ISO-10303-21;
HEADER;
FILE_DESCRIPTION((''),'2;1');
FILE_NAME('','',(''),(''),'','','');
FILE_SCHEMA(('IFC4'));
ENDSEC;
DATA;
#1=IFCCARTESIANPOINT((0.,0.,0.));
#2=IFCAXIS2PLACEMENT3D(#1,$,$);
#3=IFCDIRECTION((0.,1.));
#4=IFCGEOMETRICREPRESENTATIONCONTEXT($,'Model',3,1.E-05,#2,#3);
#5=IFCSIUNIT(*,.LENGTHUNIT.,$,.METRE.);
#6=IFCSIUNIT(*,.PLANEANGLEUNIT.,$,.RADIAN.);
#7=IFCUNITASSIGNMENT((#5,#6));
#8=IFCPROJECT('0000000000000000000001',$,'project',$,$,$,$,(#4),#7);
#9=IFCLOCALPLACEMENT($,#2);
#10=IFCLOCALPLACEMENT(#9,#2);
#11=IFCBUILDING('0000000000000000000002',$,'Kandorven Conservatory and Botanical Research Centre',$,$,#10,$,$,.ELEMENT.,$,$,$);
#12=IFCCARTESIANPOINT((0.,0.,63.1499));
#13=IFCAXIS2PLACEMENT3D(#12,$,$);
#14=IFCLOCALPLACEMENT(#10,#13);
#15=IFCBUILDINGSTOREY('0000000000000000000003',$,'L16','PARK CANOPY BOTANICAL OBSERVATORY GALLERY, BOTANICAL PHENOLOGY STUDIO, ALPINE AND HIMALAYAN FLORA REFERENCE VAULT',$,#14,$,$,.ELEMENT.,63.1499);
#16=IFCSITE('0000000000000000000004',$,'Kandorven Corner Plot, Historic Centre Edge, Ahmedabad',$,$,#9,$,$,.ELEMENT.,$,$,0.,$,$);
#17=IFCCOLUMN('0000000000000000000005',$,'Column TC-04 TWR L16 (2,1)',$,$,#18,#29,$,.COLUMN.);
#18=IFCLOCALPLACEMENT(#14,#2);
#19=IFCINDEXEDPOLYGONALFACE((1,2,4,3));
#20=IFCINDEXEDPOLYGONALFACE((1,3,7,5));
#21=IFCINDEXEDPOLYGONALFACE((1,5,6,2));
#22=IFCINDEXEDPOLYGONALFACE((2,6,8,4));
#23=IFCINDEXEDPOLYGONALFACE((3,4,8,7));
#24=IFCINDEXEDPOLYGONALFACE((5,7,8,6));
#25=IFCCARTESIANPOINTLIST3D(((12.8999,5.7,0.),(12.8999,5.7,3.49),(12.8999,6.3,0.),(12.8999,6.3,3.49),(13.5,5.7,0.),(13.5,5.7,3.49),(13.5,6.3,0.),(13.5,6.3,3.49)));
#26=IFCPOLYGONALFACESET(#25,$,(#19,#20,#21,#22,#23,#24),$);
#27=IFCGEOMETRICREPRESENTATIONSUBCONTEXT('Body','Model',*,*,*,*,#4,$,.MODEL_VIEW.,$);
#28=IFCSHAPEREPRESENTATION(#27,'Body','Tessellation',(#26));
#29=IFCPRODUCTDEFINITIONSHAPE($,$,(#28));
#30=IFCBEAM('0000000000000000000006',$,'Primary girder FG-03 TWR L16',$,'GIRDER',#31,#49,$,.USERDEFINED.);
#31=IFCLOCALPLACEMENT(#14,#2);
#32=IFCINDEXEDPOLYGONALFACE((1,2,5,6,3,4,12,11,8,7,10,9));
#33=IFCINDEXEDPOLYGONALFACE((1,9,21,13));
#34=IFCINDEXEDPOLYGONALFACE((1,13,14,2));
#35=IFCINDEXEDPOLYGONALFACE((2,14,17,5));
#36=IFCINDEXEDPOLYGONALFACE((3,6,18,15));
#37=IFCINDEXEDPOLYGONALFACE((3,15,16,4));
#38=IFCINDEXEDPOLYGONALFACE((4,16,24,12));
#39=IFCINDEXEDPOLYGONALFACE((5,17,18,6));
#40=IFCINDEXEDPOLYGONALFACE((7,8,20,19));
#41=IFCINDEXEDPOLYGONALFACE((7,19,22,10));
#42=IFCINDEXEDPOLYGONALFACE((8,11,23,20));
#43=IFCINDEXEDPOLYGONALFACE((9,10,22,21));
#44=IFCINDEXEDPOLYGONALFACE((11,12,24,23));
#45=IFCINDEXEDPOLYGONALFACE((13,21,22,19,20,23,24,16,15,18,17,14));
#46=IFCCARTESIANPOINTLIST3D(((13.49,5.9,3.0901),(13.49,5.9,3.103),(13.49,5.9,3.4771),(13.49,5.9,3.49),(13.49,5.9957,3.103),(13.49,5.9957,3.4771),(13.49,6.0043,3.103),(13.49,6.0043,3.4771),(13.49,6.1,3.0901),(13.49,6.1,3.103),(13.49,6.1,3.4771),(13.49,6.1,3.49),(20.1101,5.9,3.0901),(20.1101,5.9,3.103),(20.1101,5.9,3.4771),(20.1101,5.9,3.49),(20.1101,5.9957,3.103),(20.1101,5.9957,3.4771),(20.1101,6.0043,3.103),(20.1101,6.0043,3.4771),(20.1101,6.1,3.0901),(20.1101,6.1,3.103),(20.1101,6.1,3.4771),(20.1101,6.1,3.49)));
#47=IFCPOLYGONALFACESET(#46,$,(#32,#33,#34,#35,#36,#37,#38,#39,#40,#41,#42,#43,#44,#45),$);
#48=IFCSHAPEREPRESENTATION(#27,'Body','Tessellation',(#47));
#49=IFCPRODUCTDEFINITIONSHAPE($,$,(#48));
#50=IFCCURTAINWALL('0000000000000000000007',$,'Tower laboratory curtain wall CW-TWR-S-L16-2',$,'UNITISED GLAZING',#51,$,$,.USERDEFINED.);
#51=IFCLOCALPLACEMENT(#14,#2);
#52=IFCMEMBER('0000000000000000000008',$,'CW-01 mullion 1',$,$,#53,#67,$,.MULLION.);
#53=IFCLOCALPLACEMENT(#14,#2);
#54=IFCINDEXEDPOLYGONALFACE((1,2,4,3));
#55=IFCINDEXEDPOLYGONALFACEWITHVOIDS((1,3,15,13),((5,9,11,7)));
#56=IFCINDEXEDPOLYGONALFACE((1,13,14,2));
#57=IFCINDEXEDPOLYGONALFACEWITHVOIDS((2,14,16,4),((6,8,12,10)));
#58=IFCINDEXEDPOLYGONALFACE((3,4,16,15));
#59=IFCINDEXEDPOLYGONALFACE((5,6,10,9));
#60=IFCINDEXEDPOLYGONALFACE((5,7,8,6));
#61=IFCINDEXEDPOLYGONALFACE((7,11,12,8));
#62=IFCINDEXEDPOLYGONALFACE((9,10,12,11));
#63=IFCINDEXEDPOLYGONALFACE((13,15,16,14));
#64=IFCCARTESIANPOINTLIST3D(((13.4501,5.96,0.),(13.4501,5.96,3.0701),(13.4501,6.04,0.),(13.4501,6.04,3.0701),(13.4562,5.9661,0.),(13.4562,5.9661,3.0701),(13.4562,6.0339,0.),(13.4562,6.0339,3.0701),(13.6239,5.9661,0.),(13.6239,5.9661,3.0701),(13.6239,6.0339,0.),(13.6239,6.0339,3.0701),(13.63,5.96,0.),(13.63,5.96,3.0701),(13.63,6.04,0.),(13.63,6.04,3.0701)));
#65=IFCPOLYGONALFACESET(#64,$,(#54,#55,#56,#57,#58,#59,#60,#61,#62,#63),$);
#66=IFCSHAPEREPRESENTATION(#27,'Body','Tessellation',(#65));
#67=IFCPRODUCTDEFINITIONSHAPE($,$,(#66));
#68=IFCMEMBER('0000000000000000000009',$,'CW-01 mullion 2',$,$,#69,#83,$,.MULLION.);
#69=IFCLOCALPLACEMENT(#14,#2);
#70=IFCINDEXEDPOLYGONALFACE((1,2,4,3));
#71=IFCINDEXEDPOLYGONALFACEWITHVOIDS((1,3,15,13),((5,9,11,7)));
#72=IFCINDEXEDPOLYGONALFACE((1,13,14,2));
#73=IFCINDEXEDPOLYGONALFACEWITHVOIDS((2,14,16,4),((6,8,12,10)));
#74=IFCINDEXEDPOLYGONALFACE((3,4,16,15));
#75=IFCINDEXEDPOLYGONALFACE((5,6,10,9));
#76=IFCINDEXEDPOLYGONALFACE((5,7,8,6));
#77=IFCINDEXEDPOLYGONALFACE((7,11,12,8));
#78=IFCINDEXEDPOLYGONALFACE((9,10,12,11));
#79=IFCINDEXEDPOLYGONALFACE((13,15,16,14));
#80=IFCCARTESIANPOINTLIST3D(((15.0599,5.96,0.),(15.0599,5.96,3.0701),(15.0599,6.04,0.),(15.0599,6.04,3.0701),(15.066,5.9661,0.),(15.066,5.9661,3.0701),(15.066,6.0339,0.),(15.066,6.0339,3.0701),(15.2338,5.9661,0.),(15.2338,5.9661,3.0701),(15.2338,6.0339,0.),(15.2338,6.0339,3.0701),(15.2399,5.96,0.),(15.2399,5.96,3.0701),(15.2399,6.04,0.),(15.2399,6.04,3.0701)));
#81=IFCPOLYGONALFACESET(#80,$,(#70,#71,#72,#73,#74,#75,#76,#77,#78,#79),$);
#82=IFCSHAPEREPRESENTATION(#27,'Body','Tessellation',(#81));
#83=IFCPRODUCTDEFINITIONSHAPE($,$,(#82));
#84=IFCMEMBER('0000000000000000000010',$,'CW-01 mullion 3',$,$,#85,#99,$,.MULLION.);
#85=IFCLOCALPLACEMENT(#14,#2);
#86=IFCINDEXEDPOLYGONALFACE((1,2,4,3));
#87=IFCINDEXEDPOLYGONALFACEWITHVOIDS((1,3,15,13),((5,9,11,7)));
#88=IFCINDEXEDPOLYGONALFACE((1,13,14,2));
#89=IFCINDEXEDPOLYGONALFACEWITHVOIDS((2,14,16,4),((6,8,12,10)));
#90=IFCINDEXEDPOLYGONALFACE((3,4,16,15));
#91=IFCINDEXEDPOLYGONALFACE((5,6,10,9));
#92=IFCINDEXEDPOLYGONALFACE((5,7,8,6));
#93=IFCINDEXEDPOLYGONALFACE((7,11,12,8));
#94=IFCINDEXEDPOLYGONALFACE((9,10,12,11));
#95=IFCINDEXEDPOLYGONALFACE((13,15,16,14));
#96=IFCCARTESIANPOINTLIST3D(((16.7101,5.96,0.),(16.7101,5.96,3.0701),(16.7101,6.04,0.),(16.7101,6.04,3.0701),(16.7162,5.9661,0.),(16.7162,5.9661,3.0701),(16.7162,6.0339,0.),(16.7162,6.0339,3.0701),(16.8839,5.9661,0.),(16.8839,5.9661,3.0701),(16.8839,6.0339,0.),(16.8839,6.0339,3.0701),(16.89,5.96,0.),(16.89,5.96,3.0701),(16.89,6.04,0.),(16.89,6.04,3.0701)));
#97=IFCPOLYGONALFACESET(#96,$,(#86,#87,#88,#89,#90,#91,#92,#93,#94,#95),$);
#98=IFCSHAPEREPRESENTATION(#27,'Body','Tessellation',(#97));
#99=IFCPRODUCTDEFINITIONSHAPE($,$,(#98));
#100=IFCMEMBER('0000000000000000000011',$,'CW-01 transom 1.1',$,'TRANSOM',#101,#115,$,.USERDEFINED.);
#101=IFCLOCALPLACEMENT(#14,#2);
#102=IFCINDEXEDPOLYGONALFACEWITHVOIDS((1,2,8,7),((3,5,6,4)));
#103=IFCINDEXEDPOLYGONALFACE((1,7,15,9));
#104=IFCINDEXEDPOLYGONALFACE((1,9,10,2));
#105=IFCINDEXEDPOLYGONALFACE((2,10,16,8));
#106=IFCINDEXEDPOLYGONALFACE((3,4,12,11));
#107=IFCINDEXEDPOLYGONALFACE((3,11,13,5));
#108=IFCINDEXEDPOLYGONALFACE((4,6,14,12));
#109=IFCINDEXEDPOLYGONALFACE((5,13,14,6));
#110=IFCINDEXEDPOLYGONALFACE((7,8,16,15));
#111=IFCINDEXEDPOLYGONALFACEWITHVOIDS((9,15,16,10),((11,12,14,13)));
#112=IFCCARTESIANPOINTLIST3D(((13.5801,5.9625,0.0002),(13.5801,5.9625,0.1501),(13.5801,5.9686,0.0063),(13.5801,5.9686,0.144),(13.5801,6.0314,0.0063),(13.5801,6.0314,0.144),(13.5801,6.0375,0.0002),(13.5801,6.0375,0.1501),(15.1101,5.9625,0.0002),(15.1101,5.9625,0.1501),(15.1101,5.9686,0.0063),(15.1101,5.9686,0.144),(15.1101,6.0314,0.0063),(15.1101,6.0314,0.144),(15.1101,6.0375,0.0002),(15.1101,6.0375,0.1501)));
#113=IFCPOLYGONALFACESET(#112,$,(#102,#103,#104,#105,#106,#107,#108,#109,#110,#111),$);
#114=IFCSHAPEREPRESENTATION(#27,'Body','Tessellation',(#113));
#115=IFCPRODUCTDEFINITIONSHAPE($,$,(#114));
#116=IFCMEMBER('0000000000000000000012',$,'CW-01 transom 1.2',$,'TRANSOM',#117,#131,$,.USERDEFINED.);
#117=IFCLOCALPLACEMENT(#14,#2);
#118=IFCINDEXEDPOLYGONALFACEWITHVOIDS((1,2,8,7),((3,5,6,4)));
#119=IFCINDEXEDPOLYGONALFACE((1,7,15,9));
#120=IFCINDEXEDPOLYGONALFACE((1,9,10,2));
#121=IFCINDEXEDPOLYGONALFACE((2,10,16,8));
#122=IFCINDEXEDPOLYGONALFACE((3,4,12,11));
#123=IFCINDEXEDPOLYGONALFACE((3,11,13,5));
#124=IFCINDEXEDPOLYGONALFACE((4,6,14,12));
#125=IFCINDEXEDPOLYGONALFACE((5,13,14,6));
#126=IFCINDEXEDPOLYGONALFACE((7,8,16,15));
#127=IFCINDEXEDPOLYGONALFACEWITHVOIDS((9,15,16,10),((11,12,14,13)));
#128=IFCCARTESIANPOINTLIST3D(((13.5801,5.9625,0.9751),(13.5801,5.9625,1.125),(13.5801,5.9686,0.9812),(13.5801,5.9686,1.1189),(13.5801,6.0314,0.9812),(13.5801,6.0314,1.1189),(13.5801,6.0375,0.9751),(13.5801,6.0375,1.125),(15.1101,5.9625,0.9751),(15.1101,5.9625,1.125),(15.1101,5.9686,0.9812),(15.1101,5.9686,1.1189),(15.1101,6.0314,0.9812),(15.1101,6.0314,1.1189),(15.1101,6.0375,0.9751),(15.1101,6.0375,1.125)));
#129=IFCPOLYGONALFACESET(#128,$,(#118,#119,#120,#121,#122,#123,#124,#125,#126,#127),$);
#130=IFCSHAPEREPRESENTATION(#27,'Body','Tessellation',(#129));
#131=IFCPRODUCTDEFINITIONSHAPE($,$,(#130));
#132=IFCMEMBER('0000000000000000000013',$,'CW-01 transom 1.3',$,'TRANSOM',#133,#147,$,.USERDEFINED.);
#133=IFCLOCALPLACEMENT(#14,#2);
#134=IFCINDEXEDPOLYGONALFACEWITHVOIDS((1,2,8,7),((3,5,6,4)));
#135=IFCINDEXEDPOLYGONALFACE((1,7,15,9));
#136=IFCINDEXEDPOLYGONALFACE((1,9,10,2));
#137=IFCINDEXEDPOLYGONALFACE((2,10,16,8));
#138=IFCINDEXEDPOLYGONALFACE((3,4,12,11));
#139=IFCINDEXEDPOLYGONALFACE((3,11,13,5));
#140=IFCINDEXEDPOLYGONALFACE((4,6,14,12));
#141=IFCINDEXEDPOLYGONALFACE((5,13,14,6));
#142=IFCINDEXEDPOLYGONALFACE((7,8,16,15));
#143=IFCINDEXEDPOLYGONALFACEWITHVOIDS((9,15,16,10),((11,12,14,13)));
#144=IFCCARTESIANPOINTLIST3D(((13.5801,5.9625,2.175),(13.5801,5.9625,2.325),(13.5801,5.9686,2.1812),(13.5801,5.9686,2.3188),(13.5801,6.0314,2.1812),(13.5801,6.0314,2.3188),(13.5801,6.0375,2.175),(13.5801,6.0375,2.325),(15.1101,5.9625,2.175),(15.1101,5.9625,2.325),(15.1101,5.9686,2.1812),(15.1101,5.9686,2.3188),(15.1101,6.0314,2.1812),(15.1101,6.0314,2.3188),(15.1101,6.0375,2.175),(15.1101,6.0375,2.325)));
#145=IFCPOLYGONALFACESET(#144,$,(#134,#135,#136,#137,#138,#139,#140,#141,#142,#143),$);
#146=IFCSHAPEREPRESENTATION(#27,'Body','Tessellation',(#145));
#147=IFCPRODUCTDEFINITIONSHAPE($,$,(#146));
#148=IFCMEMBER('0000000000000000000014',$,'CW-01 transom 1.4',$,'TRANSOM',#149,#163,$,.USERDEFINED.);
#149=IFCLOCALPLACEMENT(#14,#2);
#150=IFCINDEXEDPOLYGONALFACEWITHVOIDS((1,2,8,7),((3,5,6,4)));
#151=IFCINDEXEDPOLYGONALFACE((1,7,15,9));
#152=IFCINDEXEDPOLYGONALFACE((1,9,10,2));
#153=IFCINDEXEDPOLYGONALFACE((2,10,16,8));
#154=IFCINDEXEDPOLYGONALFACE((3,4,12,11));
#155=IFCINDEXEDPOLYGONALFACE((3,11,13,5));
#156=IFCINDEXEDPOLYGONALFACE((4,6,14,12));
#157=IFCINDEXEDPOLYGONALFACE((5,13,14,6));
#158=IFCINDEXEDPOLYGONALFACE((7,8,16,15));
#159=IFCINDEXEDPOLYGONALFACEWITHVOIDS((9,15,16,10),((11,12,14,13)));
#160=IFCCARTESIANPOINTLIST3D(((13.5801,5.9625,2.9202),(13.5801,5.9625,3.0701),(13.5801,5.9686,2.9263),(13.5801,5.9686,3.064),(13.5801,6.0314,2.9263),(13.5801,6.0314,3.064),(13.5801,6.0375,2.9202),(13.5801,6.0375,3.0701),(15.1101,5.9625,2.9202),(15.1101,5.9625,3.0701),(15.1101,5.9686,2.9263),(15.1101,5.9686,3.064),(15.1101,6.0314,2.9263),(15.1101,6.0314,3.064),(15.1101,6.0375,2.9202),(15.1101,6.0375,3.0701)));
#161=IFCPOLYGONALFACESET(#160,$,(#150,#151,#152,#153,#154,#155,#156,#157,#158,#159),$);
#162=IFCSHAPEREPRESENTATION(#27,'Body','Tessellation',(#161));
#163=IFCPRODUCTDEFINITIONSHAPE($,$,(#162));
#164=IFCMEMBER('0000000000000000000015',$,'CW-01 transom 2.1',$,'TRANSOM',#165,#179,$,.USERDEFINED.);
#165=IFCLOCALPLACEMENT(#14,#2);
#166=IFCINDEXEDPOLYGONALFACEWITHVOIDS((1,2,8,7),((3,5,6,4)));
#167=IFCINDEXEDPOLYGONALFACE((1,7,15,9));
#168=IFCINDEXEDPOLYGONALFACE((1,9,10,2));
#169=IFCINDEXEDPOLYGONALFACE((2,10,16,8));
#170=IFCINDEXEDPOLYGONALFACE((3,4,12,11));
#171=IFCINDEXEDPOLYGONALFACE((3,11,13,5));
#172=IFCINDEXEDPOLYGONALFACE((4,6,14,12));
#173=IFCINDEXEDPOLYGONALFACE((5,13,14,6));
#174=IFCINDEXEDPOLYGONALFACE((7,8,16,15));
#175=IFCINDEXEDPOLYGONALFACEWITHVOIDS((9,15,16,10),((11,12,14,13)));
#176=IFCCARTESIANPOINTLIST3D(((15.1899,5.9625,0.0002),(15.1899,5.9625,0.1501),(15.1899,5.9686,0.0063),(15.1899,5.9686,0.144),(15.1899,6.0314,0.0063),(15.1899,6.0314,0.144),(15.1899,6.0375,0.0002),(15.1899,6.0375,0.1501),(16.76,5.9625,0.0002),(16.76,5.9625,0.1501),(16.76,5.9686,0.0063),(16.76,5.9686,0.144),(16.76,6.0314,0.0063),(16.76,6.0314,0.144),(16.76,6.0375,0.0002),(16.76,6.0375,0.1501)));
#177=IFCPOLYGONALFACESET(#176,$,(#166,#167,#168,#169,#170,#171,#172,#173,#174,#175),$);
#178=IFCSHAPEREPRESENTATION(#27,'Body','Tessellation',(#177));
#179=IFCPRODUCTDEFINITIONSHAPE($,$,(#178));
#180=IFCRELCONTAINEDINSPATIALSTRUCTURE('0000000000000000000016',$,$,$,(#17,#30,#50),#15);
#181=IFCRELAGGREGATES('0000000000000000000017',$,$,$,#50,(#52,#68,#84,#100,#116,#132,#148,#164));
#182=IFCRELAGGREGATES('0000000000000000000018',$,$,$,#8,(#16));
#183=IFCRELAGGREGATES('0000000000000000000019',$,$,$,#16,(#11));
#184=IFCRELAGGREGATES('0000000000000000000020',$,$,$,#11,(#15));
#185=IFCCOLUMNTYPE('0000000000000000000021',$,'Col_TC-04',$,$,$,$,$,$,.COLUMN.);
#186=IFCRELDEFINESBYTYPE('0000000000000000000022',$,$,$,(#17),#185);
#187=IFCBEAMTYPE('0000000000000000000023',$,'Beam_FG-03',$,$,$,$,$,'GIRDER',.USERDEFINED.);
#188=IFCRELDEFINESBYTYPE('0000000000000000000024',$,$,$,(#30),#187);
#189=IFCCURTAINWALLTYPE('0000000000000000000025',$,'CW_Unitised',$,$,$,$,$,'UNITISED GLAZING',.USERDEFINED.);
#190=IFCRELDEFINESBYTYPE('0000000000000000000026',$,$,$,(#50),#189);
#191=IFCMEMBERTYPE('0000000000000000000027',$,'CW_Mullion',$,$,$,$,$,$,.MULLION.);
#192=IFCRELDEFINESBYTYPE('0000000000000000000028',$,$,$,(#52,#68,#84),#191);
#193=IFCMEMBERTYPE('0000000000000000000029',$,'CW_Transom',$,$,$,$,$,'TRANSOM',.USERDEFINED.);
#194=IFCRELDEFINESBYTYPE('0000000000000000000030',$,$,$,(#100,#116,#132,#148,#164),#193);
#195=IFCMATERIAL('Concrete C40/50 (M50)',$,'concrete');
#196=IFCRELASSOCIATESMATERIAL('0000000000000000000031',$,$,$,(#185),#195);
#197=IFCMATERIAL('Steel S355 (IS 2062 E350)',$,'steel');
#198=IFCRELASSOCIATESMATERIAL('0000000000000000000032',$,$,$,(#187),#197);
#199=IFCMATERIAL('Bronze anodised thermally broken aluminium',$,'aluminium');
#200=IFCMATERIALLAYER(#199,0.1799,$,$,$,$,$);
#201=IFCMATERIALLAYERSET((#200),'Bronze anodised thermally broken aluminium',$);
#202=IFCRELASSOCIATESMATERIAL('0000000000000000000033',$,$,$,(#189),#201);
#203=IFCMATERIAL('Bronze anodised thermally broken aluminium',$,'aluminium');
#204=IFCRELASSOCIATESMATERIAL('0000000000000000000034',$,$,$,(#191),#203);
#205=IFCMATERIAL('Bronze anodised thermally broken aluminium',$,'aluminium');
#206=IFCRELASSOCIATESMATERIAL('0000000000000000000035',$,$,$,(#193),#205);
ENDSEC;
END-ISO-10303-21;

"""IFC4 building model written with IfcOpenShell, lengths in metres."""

from ifc_helpers import new_model, si_unit, direction, frame, origin, origin_2d, place, context, subcontext, project, spatial, rectangle, hollow_rectangle, i_section, extrude, material, layer, layer_set, material_profile, profile_set, type_object, element, aggregate, save


model = new_model("IFC4")

# Units and contexts
model_context = context("Model", 3, precision=1e-05, world=origin(), true_north=direction((0.0, 1.0)))
body_context = subcontext(model_context, "Body", "Model", "MODEL_VIEW")
ifc_project = project(units=[si_unit("LENGTHUNIT", "METRE"), si_unit("PLANEANGLEUNIT", "RADIAN")], contexts=[model_context])

# Site, building, storey
site_placement = place(None, origin())
site = spatial("IfcSite", under=ifc_project, at=site_placement, Name="Kandorven Corner Plot, Historic Centre Edge, Ahmedabad", CompositionType="ELEMENT", RefElevation=0.0)
building_placement = place(site_placement, origin())
building = spatial("IfcBuilding", under=site, at=building_placement, Name="Kandorven Conservatory and Botanical Research Centre", CompositionType="ELEMENT")
storey_placement = place(building_placement, frame((0.0, 0.0, 63.1499)))
storey = spatial("IfcBuildingStorey", under=building, at=storey_placement, Name="L16", Description="PARK CANOPY BOTANICAL OBSERVATORY GALLERY, BOTANICAL PHENOLOGY STUDIO, ALPINE AND HIMALAYAN FLORA REFERENCE VAULT", CompositionType="ELEMENT", Elevation=63.1499)

# Column
ifc_material_1 = material(Name="Concrete C40/50 (M50)", Category="concrete")
ifc_material_profile_1 = material_profile(ifc_material_1, rectangle(XDim=0.6001, YDim=0.6001, at=origin_2d()))
ifc_profile_set_1 = profile_set([ifc_material_profile_1], Name="Concrete C40/50 (M50)")
column_type = type_object("IfcColumnType", Name="Col_TC-04", PredefinedType="COLUMN", material=ifc_profile_set_1)
column_placement = place(storey_placement, frame((13.2, 6.0, 0.0), z_axis=(0.0, 0.0, 1.0), x_axis=(1.0, 0.0, 0.0)))
element("IfcColumn", 1, at=column_placement, inside=storey, type_object=column_type, Name="Column TC-04 TWR L16 (2,1)", PredefinedType="COLUMN", context=body_context, shape_type="SweptSolid", body=[
    extrude(rectangle(XDim=0.6001, YDim=0.6001, at=origin_2d()), origin(), (0.0, 0.0, 1.0), 3.49),
])

# Beam
ifc_material_2 = material(Name="Steel S355 (IS 2062 E350)", Category="steel")
ifc_material_profile_2 = material_profile(ifc_material_2, i_section(OverallWidth=0.2, OverallDepth=0.3999, WebThickness=0.0085, FlangeThickness=0.0129, at=origin_2d()))
ifc_profile_set_2 = profile_set([ifc_material_profile_2], Name="Steel S355 (IS 2062 E350)")
beam_type = type_object("IfcBeamType", Name="Beam_FG-03", ElementType="GIRDER", PredefinedType="USERDEFINED", material=ifc_profile_set_2)
beam_placement = place(storey_placement, frame((13.49, 6.0, 3.29), z_axis=(1.0, 0.0, 0.0), x_axis=(0.0, 1.0, 0.0)))
element("IfcBeam", 2, at=beam_placement, inside=storey, type_object=beam_type, Name="Primary girder FG-03 TWR L16", ObjectType="GIRDER", PredefinedType="USERDEFINED", context=body_context, shape_type="SweptSolid", body=[
    extrude(i_section(OverallWidth=0.2, OverallDepth=0.3999, WebThickness=0.0085, FlangeThickness=0.0129, at=origin_2d()), origin(), (0.0, 0.0, 1.0), 6.6201),
])

# Curtain wall, members
ifc_material_3 = material(Name="Bronze anodised thermally broken aluminium", Category="aluminium")
ifc_layer_1 = layer(ifc_material_3, 0.1799)
ifc_layer_set_1 = layer_set([ifc_layer_1], Name="Bronze anodised thermally broken aluminium")
curtain_wall_type = type_object("IfcCurtainWallType", Name="CW_Unitised", ElementType="UNITISED GLAZING", PredefinedType="USERDEFINED", material=ifc_layer_set_1)
curtain_wall_placement = place(storey_placement, origin())
curtain_wall = element("IfcCurtainWall", 3, at=curtain_wall_placement, inside=storey, type_object=curtain_wall_type, Name="Tower laboratory curtain wall CW-TWR-S-L16-2", ObjectType="UNITISED GLAZING", PredefinedType="USERDEFINED")
ifc_material_4 = material(Name="Bronze anodised thermally broken aluminium", Category="aluminium")
ifc_material_profile_3 = material_profile(ifc_material_4, hollow_rectangle(XDim=0.0801, YDim=0.1799, WallThickness=0.0061, at=origin_2d()))
ifc_profile_set_3 = profile_set([ifc_material_profile_3], Name="Bronze anodised thermally broken aluminium")
member_type_1 = type_object("IfcMemberType", Name="CW_Mullion", PredefinedType="MULLION", material=ifc_profile_set_3)
member_1_placement = place(storey_placement, frame((13.54, 6.0, 0.0), z_axis=(0.0, 0.0, 1.0), x_axis=(0.0, 1.0, 0.0)))
member_1 = element("IfcMember", 4, at=member_1_placement, type_object=member_type_1, Name="CW-01 mullion 1", PredefinedType="MULLION", context=body_context, shape_type="SweptSolid", body=[
    extrude(hollow_rectangle(XDim=0.0801, YDim=0.1799, WallThickness=0.0061, at=origin_2d()), origin(), (0.0, 0.0, 1.0), 3.0701),
])
member_2_placement = place(storey_placement, frame((15.1499, 6.0, 0.0), z_axis=(0.0, 0.0, 1.0), x_axis=(0.0, 1.0, 0.0)))
member_2 = element("IfcMember", 5, at=member_2_placement, type_object=member_type_1, Name="CW-01 mullion 2", PredefinedType="MULLION", context=body_context, shape_type="SweptSolid", body=[
    extrude(hollow_rectangle(XDim=0.0801, YDim=0.1799, WallThickness=0.0061, at=origin_2d()), origin(), (0.0, 0.0, 1.0), 3.0701),
])
member_3_placement = place(storey_placement, frame((16.8, 6.0, 0.0), z_axis=(0.0, 0.0, 1.0), x_axis=(0.0, 1.0, 0.0)))
member_3 = element("IfcMember", 6, at=member_3_placement, type_object=member_type_1, Name="CW-01 mullion 3", PredefinedType="MULLION", context=body_context, shape_type="SweptSolid", body=[
    extrude(hollow_rectangle(XDim=0.0801, YDim=0.1799, WallThickness=0.0061, at=origin_2d()), origin(), (0.0, 0.0, 1.0), 3.0701),
])
ifc_material_5 = material(Name="Bronze anodised thermally broken aluminium", Category="aluminium")
ifc_material_profile_4 = material_profile(ifc_material_5, hollow_rectangle(XDim=0.075, YDim=0.1499, WallThickness=0.0061, at=origin_2d()))
ifc_profile_set_4 = profile_set([ifc_material_profile_4], Name="Bronze anodised thermally broken aluminium")
member_type_2 = type_object("IfcMemberType", Name="CW_Transom", ElementType="TRANSOM", PredefinedType="USERDEFINED", material=ifc_profile_set_4)
member_4_placement = place(storey_placement, frame((13.5801, 6.0, 0.0752), z_axis=(1.0, 0.0, 0.0), x_axis=(0.0, 1.0, 0.0)))
member_4 = element("IfcMember", 7, at=member_4_placement, type_object=member_type_2, Name="CW-01 transom 1.1", ObjectType="TRANSOM", PredefinedType="USERDEFINED", context=body_context, shape_type="SweptSolid", body=[
    extrude(hollow_rectangle(XDim=0.075, YDim=0.1499, WallThickness=0.0061, at=origin_2d()), origin(), (0.0, 0.0, 1.0), 1.53),
])
member_5_placement = place(storey_placement, frame((13.5801, 6.0, 1.05), z_axis=(1.0, 0.0, 0.0), x_axis=(0.0, 1.0, 0.0)))
member_5 = element("IfcMember", 8, at=member_5_placement, type_object=member_type_2, Name="CW-01 transom 1.2", ObjectType="TRANSOM", PredefinedType="USERDEFINED", context=body_context, shape_type="SweptSolid", body=[
    extrude(hollow_rectangle(XDim=0.075, YDim=0.1499, WallThickness=0.0061, at=origin_2d()), origin(), (0.0, 0.0, 1.0), 1.53),
])
member_6_placement = place(storey_placement, frame((13.5801, 6.0, 2.25), z_axis=(1.0, 0.0, 0.0), x_axis=(0.0, 1.0, 0.0)))
member_6 = element("IfcMember", 9, at=member_6_placement, type_object=member_type_2, Name="CW-01 transom 1.3", ObjectType="TRANSOM", PredefinedType="USERDEFINED", context=body_context, shape_type="SweptSolid", body=[
    extrude(hollow_rectangle(XDim=0.075, YDim=0.1499, WallThickness=0.0061, at=origin_2d()), origin(), (0.0, 0.0, 1.0), 1.53),
])
member_7_placement = place(storey_placement, frame((13.5801, 6.0, 2.9951), z_axis=(1.0, 0.0, 0.0), x_axis=(0.0, 1.0, 0.0)))
member_7 = element("IfcMember", 10, at=member_7_placement, type_object=member_type_2, Name="CW-01 transom 1.4", ObjectType="TRANSOM", PredefinedType="USERDEFINED", context=body_context, shape_type="SweptSolid", body=[
    extrude(hollow_rectangle(XDim=0.075, YDim=0.1499, WallThickness=0.0061, at=origin_2d()), origin(), (0.0, 0.0, 1.0), 1.53),
])
member_8_placement = place(storey_placement, frame((15.1899, 6.0, 0.0752), z_axis=(1.0, 0.0, 0.0), x_axis=(0.0, 1.0, 0.0)))
member_8 = element("IfcMember", 11, at=member_8_placement, type_object=member_type_2, Name="CW-01 transom 2.1", ObjectType="TRANSOM", PredefinedType="USERDEFINED", context=body_context, shape_type="SweptSolid", body=[
    extrude(hollow_rectangle(XDim=0.075, YDim=0.1499, WallThickness=0.0061, at=origin_2d()), origin(), (0.0, 0.0, 1.0), 1.5701),
])

aggregate(curtain_wall, [member_1, member_2, member_3, member_4, member_5, member_6, member_7, member_8])

save(model, "model.ifc")
